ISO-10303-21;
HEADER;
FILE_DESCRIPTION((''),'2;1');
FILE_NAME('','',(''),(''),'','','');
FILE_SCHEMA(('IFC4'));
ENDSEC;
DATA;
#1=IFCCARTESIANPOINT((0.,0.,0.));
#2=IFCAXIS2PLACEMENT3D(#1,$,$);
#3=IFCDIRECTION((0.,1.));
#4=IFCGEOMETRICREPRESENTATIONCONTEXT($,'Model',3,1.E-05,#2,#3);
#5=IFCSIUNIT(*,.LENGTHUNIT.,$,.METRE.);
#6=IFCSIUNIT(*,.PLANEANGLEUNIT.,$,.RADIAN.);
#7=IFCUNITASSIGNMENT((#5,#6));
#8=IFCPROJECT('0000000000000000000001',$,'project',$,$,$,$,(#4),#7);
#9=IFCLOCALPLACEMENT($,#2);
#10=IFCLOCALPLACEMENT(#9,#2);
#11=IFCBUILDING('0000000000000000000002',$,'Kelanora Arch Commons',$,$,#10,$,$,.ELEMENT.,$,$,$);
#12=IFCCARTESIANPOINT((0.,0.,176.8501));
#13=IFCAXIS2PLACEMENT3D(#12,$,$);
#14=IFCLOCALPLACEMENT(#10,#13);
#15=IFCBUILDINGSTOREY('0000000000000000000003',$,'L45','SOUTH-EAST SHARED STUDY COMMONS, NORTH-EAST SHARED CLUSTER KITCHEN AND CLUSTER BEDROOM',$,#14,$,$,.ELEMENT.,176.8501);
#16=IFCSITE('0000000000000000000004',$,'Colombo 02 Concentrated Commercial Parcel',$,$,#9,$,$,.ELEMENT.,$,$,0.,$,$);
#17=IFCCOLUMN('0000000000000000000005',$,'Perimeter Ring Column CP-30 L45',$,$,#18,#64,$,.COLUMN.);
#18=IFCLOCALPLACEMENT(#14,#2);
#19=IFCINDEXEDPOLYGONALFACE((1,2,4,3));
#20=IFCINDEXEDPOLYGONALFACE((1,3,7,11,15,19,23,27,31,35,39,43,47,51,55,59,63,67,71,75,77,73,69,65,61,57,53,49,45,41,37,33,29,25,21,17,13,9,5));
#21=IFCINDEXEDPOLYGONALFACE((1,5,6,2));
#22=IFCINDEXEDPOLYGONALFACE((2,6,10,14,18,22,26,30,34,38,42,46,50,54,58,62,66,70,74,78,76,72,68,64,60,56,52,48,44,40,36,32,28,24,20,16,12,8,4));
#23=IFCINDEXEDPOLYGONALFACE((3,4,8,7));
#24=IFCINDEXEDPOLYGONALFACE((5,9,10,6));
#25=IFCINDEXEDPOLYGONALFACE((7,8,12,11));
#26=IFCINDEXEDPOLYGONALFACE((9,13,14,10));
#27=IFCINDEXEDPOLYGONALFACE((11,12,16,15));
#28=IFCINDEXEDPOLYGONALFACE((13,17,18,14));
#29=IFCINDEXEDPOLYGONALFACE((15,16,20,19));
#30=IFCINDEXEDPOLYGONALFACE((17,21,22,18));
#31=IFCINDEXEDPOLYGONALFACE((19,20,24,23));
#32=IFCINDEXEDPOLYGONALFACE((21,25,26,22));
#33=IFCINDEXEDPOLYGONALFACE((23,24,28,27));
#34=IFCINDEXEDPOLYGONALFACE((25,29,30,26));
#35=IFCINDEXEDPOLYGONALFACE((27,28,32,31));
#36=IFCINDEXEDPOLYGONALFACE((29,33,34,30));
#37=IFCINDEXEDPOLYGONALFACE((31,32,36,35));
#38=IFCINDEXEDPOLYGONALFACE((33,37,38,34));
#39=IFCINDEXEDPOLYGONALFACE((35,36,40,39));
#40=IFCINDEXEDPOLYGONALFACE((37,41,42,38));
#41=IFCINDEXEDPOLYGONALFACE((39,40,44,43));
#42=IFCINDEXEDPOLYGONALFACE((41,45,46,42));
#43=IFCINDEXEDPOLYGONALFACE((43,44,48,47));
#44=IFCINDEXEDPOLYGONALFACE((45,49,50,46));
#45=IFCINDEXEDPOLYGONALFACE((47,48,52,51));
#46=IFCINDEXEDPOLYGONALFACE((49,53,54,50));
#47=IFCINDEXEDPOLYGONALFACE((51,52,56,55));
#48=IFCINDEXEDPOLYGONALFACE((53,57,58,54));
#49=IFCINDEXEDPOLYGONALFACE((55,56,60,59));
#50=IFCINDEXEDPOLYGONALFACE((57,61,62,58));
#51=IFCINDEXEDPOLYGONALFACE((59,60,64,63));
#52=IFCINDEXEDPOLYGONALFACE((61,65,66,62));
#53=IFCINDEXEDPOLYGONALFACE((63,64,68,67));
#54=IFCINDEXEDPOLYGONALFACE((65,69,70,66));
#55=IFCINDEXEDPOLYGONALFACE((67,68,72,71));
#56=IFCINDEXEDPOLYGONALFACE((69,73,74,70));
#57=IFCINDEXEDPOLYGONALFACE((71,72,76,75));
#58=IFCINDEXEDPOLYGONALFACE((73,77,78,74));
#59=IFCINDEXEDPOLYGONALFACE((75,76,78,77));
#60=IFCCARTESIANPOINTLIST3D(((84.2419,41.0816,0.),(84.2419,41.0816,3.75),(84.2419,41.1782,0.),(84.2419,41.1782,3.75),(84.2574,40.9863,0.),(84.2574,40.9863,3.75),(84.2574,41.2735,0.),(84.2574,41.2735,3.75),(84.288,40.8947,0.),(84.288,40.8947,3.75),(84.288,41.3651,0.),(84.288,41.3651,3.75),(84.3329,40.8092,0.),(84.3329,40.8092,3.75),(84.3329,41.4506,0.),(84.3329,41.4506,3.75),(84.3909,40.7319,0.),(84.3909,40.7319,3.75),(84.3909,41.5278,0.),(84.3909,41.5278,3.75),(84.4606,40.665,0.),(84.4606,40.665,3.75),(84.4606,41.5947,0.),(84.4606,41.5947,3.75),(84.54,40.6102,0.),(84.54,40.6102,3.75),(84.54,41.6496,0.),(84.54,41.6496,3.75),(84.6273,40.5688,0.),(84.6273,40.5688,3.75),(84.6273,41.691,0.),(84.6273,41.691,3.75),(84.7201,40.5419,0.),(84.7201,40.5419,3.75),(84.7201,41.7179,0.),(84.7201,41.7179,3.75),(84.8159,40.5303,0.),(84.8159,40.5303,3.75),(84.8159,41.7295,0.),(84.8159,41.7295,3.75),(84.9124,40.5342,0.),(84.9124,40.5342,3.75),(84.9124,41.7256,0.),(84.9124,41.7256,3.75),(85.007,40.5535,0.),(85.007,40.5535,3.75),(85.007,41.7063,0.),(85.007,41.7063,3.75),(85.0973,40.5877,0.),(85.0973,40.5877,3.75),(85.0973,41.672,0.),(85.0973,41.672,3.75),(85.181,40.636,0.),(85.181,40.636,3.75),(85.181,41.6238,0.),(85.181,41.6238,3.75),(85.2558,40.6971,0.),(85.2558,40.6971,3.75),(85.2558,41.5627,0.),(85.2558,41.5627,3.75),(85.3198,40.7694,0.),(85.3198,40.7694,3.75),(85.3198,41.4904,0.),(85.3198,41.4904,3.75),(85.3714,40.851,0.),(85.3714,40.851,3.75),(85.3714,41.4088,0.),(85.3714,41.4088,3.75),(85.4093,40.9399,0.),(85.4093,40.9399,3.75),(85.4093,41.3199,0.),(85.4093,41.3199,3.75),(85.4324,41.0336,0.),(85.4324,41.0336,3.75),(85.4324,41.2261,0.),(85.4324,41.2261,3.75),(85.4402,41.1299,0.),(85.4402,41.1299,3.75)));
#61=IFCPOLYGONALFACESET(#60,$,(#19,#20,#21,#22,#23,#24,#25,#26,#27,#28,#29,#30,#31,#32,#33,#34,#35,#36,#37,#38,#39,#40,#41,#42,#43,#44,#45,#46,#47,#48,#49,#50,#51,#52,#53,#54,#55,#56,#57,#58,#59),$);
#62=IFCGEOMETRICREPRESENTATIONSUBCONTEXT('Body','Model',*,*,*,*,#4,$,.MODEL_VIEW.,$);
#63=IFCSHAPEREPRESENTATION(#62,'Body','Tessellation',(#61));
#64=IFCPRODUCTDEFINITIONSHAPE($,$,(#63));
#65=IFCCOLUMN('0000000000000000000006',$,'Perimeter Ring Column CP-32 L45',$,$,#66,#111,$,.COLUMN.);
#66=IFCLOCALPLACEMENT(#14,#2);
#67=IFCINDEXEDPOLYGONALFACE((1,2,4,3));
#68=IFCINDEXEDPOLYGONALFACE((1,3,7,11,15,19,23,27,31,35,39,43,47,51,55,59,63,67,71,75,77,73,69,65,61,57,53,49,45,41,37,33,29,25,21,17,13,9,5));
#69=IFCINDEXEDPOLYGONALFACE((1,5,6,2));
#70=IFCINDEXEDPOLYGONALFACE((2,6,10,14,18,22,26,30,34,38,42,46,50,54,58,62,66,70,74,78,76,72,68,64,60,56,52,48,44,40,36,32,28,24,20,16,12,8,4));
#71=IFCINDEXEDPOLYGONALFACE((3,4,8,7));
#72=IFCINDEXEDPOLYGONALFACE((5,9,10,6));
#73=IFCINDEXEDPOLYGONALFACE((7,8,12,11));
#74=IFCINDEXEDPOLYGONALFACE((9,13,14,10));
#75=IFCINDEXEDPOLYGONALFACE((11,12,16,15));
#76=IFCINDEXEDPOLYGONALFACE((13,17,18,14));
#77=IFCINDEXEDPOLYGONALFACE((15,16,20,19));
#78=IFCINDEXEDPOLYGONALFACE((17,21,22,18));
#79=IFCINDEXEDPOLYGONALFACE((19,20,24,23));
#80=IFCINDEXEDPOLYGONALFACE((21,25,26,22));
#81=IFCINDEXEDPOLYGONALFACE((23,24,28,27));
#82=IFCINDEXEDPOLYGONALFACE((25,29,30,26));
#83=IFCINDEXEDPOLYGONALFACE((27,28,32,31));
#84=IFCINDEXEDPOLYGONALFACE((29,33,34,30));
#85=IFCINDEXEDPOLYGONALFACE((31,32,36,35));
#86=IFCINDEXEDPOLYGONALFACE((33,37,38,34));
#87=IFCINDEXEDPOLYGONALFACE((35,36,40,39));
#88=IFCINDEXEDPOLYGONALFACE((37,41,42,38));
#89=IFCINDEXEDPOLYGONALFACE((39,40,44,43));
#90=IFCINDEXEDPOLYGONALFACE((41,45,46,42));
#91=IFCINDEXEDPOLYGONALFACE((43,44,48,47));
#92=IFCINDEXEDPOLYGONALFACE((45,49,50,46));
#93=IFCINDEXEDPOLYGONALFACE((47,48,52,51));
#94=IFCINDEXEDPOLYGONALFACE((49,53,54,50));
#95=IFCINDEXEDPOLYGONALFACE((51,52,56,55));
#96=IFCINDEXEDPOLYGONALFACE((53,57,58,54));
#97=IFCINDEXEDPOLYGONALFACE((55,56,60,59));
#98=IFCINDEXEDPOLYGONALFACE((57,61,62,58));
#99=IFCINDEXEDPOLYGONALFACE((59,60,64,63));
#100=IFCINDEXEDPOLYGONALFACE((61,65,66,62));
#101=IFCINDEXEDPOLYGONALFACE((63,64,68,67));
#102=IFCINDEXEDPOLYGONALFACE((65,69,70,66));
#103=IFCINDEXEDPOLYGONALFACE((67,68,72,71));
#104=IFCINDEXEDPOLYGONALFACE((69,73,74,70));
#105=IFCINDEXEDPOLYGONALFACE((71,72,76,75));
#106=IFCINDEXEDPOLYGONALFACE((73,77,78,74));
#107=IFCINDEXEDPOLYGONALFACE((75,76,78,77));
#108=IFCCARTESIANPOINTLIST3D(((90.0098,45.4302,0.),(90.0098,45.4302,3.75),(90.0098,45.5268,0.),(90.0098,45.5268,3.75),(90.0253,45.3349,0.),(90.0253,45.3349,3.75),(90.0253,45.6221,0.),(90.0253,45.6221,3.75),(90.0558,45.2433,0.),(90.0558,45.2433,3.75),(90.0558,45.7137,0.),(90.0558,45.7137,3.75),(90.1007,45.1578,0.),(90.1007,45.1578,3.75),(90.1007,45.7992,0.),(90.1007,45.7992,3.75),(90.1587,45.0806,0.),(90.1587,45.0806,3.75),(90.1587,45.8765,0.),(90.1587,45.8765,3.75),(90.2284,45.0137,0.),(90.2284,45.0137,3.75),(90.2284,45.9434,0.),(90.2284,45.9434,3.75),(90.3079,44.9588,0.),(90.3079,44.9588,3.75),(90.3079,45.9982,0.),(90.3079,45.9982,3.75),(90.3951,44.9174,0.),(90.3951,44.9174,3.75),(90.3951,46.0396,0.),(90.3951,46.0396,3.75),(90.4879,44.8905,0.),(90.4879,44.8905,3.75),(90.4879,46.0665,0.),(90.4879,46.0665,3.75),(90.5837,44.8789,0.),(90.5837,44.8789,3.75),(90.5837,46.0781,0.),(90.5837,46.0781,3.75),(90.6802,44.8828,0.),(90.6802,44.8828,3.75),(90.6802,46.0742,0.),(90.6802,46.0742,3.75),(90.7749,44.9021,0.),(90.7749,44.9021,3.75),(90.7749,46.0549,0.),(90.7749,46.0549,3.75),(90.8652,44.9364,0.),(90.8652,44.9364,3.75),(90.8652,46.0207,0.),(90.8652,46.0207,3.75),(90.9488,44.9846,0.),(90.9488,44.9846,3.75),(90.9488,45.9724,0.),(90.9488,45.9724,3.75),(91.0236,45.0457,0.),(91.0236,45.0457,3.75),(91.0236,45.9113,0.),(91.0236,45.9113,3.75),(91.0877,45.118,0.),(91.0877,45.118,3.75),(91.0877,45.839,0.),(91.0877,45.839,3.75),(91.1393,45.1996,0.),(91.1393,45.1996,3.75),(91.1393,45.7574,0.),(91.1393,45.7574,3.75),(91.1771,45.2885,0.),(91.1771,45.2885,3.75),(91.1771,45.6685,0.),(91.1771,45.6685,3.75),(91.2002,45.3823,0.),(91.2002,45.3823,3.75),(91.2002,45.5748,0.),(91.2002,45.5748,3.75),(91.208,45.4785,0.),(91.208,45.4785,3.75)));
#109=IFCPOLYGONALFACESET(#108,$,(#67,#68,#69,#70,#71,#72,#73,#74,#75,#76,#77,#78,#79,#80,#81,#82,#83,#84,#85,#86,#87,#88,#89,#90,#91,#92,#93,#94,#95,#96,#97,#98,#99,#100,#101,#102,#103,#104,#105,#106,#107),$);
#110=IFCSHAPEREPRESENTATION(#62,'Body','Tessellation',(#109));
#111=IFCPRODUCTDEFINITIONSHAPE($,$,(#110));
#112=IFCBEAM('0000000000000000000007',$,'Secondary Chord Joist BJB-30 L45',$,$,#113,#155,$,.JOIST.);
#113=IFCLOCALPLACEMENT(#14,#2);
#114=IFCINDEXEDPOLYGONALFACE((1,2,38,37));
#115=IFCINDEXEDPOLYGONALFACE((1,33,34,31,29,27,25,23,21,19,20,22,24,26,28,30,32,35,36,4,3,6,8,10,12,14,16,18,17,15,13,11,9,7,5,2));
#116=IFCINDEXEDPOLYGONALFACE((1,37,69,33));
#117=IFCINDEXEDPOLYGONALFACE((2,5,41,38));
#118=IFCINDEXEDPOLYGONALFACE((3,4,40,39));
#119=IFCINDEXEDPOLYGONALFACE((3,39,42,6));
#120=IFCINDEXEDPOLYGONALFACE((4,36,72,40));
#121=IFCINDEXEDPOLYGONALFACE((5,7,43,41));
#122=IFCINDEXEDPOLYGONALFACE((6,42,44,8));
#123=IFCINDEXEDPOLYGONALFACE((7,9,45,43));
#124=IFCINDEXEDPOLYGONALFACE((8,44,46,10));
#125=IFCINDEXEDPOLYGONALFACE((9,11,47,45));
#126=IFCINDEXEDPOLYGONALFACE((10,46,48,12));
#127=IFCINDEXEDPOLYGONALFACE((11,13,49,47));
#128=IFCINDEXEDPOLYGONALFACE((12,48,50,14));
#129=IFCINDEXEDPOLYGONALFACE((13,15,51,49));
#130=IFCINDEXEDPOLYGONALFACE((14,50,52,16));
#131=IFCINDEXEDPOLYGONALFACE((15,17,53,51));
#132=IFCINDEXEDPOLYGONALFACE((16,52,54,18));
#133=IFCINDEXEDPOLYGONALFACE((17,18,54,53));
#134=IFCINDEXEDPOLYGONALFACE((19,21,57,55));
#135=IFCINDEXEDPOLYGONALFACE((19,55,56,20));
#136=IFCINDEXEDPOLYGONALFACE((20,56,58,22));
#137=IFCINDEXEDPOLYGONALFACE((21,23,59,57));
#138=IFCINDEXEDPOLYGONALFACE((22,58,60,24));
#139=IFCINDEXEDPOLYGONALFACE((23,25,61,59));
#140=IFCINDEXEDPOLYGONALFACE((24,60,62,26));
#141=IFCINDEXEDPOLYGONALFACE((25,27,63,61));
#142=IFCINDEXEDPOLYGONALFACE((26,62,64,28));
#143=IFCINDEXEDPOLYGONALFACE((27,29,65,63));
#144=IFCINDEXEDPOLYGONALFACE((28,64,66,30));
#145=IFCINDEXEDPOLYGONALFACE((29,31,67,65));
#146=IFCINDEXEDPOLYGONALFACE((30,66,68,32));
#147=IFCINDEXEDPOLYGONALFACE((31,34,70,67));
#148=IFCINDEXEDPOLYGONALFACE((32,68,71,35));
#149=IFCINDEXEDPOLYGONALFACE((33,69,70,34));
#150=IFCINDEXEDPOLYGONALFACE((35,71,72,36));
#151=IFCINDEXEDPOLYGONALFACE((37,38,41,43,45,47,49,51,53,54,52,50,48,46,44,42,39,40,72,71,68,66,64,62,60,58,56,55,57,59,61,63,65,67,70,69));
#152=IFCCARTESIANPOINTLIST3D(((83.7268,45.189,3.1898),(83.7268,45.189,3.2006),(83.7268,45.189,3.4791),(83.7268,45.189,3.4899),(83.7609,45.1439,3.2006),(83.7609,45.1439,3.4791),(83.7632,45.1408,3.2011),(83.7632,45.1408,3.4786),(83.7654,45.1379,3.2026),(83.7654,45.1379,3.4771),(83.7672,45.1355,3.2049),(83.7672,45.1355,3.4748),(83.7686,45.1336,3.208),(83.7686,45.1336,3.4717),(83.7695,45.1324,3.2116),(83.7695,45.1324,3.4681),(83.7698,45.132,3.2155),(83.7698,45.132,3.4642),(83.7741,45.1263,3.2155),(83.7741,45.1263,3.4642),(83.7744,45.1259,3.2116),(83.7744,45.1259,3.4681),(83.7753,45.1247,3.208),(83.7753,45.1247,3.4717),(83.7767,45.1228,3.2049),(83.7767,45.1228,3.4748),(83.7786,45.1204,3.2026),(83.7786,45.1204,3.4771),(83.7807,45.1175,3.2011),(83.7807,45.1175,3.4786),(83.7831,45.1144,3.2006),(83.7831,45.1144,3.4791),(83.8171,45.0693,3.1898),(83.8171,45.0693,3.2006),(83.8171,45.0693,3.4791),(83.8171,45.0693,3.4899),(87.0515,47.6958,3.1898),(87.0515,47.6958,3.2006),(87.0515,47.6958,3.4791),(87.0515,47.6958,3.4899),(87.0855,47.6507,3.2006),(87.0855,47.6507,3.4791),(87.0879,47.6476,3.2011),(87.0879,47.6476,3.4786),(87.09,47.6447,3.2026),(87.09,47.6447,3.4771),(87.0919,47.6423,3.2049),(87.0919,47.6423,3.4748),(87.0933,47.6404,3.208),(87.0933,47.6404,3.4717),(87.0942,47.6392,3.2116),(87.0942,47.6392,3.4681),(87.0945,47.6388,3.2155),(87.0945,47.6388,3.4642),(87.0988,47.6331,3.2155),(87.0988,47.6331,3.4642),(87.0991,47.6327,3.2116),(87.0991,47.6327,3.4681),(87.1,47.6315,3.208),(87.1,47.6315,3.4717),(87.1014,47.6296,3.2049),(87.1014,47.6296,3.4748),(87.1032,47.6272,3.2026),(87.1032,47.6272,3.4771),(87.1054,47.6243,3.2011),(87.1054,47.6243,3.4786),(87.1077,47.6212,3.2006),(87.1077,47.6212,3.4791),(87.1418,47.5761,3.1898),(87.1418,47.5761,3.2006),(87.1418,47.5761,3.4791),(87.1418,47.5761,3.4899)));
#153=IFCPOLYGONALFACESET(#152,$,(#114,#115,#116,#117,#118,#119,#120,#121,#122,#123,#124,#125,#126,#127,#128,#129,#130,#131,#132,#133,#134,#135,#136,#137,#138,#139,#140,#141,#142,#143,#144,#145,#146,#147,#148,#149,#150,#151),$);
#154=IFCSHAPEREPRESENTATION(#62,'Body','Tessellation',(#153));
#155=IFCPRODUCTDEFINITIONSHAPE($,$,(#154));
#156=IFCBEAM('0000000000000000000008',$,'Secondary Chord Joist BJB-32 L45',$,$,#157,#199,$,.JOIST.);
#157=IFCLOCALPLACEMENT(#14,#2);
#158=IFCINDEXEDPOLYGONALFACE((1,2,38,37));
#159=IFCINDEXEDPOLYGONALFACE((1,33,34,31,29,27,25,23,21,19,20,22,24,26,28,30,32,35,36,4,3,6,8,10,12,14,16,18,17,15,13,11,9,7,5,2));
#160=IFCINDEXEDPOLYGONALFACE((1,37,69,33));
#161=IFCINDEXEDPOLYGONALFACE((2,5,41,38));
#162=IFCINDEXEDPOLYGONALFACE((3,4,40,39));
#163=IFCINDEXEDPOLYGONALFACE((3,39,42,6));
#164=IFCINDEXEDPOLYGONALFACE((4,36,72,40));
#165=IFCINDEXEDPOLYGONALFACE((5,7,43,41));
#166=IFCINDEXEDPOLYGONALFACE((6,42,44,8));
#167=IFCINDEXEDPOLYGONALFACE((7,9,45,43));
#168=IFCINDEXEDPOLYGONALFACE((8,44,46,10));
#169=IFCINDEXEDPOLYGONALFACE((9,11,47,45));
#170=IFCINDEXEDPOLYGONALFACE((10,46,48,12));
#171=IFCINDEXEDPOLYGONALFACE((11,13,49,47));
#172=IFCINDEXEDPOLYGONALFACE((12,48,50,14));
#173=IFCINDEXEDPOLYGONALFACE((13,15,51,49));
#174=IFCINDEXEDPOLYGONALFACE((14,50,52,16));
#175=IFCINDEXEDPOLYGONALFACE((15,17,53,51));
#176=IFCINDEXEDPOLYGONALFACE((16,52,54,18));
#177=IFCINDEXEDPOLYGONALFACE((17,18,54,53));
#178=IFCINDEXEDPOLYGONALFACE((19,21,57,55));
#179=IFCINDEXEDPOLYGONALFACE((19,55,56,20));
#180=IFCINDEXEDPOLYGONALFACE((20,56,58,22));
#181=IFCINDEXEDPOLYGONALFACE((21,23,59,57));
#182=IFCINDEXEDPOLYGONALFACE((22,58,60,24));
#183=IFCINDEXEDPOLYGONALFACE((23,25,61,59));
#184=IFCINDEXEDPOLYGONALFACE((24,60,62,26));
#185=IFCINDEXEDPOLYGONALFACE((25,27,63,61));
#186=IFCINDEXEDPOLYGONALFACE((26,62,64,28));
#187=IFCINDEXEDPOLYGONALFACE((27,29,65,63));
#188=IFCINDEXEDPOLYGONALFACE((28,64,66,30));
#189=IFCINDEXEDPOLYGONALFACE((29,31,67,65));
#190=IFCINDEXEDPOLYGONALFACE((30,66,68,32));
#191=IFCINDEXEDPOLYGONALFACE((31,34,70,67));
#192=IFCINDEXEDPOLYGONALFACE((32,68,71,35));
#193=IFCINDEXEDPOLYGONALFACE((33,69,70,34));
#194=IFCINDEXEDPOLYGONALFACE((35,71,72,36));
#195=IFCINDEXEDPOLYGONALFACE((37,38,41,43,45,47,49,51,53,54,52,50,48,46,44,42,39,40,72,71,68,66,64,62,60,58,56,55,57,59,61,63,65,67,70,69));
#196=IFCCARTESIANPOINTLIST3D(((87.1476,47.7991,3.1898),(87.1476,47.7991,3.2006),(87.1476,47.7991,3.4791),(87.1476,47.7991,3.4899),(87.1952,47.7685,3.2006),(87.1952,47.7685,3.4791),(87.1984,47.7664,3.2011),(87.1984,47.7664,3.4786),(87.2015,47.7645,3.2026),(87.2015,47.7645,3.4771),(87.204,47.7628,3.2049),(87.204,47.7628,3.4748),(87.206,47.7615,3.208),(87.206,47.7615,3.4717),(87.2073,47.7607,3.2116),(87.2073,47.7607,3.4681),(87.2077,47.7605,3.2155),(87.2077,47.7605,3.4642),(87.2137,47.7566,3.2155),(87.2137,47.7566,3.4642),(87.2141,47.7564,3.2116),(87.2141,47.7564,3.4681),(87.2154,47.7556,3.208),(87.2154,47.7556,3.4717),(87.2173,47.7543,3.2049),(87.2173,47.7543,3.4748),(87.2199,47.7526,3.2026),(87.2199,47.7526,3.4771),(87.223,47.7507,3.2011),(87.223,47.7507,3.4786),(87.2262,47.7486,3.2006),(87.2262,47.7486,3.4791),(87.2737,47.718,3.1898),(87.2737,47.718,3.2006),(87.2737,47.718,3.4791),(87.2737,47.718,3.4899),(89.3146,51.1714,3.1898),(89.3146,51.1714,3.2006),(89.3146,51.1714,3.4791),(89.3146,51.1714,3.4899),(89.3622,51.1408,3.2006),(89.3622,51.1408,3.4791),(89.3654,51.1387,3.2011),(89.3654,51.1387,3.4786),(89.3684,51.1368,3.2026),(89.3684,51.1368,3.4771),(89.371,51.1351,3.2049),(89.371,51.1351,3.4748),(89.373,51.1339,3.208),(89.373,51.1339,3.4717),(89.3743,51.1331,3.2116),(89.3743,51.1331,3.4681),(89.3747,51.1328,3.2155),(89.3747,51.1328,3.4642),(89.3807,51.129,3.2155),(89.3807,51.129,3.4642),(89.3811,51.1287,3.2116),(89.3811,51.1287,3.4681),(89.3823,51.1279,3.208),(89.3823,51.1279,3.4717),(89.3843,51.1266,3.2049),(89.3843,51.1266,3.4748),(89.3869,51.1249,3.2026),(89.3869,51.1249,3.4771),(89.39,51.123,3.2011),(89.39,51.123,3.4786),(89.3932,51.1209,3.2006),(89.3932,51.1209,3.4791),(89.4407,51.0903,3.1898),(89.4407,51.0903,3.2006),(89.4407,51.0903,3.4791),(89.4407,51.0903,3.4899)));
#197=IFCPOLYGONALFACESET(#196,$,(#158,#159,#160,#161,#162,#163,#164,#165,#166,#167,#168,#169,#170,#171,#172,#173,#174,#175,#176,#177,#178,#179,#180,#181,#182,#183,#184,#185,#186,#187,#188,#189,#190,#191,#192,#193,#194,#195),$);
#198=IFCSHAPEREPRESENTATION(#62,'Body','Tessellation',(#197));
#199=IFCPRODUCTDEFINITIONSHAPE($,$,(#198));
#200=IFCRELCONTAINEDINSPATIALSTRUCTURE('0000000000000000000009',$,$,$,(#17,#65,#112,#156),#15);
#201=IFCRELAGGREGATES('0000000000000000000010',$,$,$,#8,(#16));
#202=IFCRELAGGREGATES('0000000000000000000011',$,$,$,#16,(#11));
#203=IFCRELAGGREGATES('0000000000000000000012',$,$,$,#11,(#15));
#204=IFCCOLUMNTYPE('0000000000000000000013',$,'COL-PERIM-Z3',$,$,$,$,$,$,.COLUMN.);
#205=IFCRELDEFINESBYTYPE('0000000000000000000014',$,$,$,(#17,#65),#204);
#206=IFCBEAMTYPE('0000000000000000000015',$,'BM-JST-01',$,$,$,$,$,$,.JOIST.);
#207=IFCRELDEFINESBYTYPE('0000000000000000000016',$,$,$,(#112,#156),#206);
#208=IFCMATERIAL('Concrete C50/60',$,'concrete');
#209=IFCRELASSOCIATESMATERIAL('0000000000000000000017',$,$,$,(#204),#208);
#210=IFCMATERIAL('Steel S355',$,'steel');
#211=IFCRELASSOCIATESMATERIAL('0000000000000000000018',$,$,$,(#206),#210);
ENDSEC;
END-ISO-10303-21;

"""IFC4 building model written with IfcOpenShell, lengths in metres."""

from ifc_helpers import new_model, si_unit, direction, frame, origin, origin_2d, place, context, subcontext, project, spatial, circle, i_section, extrude, material, material_profile, profile_set, type_object, element, save


model = new_model("IFC4")

# Units and contexts
model_context = context("Model", 3, precision=1e-05, world=origin(), true_north=direction((0.0, 1.0)))
body_context = subcontext(model_context, "Body", "Model", "MODEL_VIEW")
ifc_project = project(units=[si_unit("LENGTHUNIT", "METRE"), si_unit("PLANEANGLEUNIT", "RADIAN")], contexts=[model_context])

# Site, building, storey
site_placement = place(None, origin())
site = spatial("IfcSite", under=ifc_project, at=site_placement, Name="Colombo 02 Concentrated Commercial Parcel", CompositionType="ELEMENT", RefElevation=0.0)
building_placement = place(site_placement, origin())
building = spatial("IfcBuilding", under=site, at=building_placement, Name="Kelanora Arch Commons", CompositionType="ELEMENT")
storey_placement = place(building_placement, frame((0.0, 0.0, 176.8501)))
storey = spatial("IfcBuildingStorey", under=building, at=storey_placement, Name="L45", Description="SOUTH-EAST SHARED STUDY COMMONS, NORTH-EAST SHARED CLUSTER KITCHEN AND CLUSTER BEDROOM", CompositionType="ELEMENT", Elevation=176.8501)

# Columns
ifc_material_1 = material(Name="Concrete C50/60", Category="concrete")
ifc_material_profile_1 = material_profile(ifc_material_1, circle(Radius=0.6001, at=origin_2d()), Name="RCC1200")
ifc_profile_set_1 = profile_set([ifc_material_profile_1], Name="Concrete C50/60")
column_type = type_object("IfcColumnType", Name="COL-PERIM-Z3", PredefinedType="COLUMN", material=ifc_profile_set_1)
for number, where, z_axis, x_axis, name in (
    (1, (84.8401, 41.1299, 0.0), (0.0, 0.0, 1.0), (1.0, 0.0, 0.0), "Perimeter Ring Column CP-30 L45"),
    (2, (90.6079, 45.4785, 0.0), (0.0, 0.0, 1.0), (1.0, 0.0, 0.0), "Perimeter Ring Column CP-32 L45"),
):
    element("IfcColumn", number, at=place(storey_placement, frame(where, z_axis=z_axis, x_axis=x_axis)), inside=storey, type_object=column_type, Name=name, PredefinedType="COLUMN", context=body_context, shape_type="SweptSolid", body=[
        extrude(circle(Radius=0.6001, at=origin_2d()), origin(), (0.0, 0.0, 1.0), 3.75),
    ])

# Beams
ifc_material_2 = material(Name="Steel S355", Category="steel")
ifc_material_profile_2 = material_profile(ifc_material_2, i_section(OverallWidth=0.1499, OverallDepth=0.3, WebThickness=0.0071, FlangeThickness=0.0107, FilletRadius=0.0149, at=origin_2d()), Name="IPE300")
ifc_profile_set_2 = profile_set([ifc_material_profile_2], Name="Steel S355")
beam_type_1 = type_object("IfcBeamType", Name="BM-JST-01", PredefinedType="JOIST", material=ifc_profile_set_2)
beam_1_placement = place(storey_placement, frame((83.772, 45.1292, 3.3398), z_axis=(0.798464, 0.602043, 0.0), x_axis=(-0.602043, 0.798464, 0.0)))
element("IfcBeam", 3, at=beam_1_placement, inside=storey, type_object=beam_type_1, Name="Secondary Chord Joist BJB-30 L45", PredefinedType="JOIST", context=body_context, shape_type="SweptSolid", body=[
    extrude(i_section(OverallWidth=0.1499, OverallDepth=0.3, WebThickness=0.0071, FlangeThickness=0.0107, FilletRadius=0.0149, at=origin_2d()), origin(), (0.0, 0.0, 1.0), 4.1638),
])
beam_2_placement = place(storey_placement, frame((87.2107, 47.7585, 3.3398), z_axis=(0.540594, 0.841283, 0.0), x_axis=(-0.841283, 0.540594, 0.0)))
element("IfcBeam", 4, at=beam_2_placement, inside=storey, type_object=beam_type_1, Name="Secondary Chord Joist BJB-32 L45", PredefinedType="JOIST", context=body_context, shape_type="SweptSolid", body=[
    extrude(i_section(OverallWidth=0.1499, OverallDepth=0.3, WebThickness=0.0071, FlangeThickness=0.0107, FilletRadius=0.0149, at=origin_2d()), origin(), (0.0, 0.0, 1.0), 4.0085),
])

save(model, "model.ifc")
